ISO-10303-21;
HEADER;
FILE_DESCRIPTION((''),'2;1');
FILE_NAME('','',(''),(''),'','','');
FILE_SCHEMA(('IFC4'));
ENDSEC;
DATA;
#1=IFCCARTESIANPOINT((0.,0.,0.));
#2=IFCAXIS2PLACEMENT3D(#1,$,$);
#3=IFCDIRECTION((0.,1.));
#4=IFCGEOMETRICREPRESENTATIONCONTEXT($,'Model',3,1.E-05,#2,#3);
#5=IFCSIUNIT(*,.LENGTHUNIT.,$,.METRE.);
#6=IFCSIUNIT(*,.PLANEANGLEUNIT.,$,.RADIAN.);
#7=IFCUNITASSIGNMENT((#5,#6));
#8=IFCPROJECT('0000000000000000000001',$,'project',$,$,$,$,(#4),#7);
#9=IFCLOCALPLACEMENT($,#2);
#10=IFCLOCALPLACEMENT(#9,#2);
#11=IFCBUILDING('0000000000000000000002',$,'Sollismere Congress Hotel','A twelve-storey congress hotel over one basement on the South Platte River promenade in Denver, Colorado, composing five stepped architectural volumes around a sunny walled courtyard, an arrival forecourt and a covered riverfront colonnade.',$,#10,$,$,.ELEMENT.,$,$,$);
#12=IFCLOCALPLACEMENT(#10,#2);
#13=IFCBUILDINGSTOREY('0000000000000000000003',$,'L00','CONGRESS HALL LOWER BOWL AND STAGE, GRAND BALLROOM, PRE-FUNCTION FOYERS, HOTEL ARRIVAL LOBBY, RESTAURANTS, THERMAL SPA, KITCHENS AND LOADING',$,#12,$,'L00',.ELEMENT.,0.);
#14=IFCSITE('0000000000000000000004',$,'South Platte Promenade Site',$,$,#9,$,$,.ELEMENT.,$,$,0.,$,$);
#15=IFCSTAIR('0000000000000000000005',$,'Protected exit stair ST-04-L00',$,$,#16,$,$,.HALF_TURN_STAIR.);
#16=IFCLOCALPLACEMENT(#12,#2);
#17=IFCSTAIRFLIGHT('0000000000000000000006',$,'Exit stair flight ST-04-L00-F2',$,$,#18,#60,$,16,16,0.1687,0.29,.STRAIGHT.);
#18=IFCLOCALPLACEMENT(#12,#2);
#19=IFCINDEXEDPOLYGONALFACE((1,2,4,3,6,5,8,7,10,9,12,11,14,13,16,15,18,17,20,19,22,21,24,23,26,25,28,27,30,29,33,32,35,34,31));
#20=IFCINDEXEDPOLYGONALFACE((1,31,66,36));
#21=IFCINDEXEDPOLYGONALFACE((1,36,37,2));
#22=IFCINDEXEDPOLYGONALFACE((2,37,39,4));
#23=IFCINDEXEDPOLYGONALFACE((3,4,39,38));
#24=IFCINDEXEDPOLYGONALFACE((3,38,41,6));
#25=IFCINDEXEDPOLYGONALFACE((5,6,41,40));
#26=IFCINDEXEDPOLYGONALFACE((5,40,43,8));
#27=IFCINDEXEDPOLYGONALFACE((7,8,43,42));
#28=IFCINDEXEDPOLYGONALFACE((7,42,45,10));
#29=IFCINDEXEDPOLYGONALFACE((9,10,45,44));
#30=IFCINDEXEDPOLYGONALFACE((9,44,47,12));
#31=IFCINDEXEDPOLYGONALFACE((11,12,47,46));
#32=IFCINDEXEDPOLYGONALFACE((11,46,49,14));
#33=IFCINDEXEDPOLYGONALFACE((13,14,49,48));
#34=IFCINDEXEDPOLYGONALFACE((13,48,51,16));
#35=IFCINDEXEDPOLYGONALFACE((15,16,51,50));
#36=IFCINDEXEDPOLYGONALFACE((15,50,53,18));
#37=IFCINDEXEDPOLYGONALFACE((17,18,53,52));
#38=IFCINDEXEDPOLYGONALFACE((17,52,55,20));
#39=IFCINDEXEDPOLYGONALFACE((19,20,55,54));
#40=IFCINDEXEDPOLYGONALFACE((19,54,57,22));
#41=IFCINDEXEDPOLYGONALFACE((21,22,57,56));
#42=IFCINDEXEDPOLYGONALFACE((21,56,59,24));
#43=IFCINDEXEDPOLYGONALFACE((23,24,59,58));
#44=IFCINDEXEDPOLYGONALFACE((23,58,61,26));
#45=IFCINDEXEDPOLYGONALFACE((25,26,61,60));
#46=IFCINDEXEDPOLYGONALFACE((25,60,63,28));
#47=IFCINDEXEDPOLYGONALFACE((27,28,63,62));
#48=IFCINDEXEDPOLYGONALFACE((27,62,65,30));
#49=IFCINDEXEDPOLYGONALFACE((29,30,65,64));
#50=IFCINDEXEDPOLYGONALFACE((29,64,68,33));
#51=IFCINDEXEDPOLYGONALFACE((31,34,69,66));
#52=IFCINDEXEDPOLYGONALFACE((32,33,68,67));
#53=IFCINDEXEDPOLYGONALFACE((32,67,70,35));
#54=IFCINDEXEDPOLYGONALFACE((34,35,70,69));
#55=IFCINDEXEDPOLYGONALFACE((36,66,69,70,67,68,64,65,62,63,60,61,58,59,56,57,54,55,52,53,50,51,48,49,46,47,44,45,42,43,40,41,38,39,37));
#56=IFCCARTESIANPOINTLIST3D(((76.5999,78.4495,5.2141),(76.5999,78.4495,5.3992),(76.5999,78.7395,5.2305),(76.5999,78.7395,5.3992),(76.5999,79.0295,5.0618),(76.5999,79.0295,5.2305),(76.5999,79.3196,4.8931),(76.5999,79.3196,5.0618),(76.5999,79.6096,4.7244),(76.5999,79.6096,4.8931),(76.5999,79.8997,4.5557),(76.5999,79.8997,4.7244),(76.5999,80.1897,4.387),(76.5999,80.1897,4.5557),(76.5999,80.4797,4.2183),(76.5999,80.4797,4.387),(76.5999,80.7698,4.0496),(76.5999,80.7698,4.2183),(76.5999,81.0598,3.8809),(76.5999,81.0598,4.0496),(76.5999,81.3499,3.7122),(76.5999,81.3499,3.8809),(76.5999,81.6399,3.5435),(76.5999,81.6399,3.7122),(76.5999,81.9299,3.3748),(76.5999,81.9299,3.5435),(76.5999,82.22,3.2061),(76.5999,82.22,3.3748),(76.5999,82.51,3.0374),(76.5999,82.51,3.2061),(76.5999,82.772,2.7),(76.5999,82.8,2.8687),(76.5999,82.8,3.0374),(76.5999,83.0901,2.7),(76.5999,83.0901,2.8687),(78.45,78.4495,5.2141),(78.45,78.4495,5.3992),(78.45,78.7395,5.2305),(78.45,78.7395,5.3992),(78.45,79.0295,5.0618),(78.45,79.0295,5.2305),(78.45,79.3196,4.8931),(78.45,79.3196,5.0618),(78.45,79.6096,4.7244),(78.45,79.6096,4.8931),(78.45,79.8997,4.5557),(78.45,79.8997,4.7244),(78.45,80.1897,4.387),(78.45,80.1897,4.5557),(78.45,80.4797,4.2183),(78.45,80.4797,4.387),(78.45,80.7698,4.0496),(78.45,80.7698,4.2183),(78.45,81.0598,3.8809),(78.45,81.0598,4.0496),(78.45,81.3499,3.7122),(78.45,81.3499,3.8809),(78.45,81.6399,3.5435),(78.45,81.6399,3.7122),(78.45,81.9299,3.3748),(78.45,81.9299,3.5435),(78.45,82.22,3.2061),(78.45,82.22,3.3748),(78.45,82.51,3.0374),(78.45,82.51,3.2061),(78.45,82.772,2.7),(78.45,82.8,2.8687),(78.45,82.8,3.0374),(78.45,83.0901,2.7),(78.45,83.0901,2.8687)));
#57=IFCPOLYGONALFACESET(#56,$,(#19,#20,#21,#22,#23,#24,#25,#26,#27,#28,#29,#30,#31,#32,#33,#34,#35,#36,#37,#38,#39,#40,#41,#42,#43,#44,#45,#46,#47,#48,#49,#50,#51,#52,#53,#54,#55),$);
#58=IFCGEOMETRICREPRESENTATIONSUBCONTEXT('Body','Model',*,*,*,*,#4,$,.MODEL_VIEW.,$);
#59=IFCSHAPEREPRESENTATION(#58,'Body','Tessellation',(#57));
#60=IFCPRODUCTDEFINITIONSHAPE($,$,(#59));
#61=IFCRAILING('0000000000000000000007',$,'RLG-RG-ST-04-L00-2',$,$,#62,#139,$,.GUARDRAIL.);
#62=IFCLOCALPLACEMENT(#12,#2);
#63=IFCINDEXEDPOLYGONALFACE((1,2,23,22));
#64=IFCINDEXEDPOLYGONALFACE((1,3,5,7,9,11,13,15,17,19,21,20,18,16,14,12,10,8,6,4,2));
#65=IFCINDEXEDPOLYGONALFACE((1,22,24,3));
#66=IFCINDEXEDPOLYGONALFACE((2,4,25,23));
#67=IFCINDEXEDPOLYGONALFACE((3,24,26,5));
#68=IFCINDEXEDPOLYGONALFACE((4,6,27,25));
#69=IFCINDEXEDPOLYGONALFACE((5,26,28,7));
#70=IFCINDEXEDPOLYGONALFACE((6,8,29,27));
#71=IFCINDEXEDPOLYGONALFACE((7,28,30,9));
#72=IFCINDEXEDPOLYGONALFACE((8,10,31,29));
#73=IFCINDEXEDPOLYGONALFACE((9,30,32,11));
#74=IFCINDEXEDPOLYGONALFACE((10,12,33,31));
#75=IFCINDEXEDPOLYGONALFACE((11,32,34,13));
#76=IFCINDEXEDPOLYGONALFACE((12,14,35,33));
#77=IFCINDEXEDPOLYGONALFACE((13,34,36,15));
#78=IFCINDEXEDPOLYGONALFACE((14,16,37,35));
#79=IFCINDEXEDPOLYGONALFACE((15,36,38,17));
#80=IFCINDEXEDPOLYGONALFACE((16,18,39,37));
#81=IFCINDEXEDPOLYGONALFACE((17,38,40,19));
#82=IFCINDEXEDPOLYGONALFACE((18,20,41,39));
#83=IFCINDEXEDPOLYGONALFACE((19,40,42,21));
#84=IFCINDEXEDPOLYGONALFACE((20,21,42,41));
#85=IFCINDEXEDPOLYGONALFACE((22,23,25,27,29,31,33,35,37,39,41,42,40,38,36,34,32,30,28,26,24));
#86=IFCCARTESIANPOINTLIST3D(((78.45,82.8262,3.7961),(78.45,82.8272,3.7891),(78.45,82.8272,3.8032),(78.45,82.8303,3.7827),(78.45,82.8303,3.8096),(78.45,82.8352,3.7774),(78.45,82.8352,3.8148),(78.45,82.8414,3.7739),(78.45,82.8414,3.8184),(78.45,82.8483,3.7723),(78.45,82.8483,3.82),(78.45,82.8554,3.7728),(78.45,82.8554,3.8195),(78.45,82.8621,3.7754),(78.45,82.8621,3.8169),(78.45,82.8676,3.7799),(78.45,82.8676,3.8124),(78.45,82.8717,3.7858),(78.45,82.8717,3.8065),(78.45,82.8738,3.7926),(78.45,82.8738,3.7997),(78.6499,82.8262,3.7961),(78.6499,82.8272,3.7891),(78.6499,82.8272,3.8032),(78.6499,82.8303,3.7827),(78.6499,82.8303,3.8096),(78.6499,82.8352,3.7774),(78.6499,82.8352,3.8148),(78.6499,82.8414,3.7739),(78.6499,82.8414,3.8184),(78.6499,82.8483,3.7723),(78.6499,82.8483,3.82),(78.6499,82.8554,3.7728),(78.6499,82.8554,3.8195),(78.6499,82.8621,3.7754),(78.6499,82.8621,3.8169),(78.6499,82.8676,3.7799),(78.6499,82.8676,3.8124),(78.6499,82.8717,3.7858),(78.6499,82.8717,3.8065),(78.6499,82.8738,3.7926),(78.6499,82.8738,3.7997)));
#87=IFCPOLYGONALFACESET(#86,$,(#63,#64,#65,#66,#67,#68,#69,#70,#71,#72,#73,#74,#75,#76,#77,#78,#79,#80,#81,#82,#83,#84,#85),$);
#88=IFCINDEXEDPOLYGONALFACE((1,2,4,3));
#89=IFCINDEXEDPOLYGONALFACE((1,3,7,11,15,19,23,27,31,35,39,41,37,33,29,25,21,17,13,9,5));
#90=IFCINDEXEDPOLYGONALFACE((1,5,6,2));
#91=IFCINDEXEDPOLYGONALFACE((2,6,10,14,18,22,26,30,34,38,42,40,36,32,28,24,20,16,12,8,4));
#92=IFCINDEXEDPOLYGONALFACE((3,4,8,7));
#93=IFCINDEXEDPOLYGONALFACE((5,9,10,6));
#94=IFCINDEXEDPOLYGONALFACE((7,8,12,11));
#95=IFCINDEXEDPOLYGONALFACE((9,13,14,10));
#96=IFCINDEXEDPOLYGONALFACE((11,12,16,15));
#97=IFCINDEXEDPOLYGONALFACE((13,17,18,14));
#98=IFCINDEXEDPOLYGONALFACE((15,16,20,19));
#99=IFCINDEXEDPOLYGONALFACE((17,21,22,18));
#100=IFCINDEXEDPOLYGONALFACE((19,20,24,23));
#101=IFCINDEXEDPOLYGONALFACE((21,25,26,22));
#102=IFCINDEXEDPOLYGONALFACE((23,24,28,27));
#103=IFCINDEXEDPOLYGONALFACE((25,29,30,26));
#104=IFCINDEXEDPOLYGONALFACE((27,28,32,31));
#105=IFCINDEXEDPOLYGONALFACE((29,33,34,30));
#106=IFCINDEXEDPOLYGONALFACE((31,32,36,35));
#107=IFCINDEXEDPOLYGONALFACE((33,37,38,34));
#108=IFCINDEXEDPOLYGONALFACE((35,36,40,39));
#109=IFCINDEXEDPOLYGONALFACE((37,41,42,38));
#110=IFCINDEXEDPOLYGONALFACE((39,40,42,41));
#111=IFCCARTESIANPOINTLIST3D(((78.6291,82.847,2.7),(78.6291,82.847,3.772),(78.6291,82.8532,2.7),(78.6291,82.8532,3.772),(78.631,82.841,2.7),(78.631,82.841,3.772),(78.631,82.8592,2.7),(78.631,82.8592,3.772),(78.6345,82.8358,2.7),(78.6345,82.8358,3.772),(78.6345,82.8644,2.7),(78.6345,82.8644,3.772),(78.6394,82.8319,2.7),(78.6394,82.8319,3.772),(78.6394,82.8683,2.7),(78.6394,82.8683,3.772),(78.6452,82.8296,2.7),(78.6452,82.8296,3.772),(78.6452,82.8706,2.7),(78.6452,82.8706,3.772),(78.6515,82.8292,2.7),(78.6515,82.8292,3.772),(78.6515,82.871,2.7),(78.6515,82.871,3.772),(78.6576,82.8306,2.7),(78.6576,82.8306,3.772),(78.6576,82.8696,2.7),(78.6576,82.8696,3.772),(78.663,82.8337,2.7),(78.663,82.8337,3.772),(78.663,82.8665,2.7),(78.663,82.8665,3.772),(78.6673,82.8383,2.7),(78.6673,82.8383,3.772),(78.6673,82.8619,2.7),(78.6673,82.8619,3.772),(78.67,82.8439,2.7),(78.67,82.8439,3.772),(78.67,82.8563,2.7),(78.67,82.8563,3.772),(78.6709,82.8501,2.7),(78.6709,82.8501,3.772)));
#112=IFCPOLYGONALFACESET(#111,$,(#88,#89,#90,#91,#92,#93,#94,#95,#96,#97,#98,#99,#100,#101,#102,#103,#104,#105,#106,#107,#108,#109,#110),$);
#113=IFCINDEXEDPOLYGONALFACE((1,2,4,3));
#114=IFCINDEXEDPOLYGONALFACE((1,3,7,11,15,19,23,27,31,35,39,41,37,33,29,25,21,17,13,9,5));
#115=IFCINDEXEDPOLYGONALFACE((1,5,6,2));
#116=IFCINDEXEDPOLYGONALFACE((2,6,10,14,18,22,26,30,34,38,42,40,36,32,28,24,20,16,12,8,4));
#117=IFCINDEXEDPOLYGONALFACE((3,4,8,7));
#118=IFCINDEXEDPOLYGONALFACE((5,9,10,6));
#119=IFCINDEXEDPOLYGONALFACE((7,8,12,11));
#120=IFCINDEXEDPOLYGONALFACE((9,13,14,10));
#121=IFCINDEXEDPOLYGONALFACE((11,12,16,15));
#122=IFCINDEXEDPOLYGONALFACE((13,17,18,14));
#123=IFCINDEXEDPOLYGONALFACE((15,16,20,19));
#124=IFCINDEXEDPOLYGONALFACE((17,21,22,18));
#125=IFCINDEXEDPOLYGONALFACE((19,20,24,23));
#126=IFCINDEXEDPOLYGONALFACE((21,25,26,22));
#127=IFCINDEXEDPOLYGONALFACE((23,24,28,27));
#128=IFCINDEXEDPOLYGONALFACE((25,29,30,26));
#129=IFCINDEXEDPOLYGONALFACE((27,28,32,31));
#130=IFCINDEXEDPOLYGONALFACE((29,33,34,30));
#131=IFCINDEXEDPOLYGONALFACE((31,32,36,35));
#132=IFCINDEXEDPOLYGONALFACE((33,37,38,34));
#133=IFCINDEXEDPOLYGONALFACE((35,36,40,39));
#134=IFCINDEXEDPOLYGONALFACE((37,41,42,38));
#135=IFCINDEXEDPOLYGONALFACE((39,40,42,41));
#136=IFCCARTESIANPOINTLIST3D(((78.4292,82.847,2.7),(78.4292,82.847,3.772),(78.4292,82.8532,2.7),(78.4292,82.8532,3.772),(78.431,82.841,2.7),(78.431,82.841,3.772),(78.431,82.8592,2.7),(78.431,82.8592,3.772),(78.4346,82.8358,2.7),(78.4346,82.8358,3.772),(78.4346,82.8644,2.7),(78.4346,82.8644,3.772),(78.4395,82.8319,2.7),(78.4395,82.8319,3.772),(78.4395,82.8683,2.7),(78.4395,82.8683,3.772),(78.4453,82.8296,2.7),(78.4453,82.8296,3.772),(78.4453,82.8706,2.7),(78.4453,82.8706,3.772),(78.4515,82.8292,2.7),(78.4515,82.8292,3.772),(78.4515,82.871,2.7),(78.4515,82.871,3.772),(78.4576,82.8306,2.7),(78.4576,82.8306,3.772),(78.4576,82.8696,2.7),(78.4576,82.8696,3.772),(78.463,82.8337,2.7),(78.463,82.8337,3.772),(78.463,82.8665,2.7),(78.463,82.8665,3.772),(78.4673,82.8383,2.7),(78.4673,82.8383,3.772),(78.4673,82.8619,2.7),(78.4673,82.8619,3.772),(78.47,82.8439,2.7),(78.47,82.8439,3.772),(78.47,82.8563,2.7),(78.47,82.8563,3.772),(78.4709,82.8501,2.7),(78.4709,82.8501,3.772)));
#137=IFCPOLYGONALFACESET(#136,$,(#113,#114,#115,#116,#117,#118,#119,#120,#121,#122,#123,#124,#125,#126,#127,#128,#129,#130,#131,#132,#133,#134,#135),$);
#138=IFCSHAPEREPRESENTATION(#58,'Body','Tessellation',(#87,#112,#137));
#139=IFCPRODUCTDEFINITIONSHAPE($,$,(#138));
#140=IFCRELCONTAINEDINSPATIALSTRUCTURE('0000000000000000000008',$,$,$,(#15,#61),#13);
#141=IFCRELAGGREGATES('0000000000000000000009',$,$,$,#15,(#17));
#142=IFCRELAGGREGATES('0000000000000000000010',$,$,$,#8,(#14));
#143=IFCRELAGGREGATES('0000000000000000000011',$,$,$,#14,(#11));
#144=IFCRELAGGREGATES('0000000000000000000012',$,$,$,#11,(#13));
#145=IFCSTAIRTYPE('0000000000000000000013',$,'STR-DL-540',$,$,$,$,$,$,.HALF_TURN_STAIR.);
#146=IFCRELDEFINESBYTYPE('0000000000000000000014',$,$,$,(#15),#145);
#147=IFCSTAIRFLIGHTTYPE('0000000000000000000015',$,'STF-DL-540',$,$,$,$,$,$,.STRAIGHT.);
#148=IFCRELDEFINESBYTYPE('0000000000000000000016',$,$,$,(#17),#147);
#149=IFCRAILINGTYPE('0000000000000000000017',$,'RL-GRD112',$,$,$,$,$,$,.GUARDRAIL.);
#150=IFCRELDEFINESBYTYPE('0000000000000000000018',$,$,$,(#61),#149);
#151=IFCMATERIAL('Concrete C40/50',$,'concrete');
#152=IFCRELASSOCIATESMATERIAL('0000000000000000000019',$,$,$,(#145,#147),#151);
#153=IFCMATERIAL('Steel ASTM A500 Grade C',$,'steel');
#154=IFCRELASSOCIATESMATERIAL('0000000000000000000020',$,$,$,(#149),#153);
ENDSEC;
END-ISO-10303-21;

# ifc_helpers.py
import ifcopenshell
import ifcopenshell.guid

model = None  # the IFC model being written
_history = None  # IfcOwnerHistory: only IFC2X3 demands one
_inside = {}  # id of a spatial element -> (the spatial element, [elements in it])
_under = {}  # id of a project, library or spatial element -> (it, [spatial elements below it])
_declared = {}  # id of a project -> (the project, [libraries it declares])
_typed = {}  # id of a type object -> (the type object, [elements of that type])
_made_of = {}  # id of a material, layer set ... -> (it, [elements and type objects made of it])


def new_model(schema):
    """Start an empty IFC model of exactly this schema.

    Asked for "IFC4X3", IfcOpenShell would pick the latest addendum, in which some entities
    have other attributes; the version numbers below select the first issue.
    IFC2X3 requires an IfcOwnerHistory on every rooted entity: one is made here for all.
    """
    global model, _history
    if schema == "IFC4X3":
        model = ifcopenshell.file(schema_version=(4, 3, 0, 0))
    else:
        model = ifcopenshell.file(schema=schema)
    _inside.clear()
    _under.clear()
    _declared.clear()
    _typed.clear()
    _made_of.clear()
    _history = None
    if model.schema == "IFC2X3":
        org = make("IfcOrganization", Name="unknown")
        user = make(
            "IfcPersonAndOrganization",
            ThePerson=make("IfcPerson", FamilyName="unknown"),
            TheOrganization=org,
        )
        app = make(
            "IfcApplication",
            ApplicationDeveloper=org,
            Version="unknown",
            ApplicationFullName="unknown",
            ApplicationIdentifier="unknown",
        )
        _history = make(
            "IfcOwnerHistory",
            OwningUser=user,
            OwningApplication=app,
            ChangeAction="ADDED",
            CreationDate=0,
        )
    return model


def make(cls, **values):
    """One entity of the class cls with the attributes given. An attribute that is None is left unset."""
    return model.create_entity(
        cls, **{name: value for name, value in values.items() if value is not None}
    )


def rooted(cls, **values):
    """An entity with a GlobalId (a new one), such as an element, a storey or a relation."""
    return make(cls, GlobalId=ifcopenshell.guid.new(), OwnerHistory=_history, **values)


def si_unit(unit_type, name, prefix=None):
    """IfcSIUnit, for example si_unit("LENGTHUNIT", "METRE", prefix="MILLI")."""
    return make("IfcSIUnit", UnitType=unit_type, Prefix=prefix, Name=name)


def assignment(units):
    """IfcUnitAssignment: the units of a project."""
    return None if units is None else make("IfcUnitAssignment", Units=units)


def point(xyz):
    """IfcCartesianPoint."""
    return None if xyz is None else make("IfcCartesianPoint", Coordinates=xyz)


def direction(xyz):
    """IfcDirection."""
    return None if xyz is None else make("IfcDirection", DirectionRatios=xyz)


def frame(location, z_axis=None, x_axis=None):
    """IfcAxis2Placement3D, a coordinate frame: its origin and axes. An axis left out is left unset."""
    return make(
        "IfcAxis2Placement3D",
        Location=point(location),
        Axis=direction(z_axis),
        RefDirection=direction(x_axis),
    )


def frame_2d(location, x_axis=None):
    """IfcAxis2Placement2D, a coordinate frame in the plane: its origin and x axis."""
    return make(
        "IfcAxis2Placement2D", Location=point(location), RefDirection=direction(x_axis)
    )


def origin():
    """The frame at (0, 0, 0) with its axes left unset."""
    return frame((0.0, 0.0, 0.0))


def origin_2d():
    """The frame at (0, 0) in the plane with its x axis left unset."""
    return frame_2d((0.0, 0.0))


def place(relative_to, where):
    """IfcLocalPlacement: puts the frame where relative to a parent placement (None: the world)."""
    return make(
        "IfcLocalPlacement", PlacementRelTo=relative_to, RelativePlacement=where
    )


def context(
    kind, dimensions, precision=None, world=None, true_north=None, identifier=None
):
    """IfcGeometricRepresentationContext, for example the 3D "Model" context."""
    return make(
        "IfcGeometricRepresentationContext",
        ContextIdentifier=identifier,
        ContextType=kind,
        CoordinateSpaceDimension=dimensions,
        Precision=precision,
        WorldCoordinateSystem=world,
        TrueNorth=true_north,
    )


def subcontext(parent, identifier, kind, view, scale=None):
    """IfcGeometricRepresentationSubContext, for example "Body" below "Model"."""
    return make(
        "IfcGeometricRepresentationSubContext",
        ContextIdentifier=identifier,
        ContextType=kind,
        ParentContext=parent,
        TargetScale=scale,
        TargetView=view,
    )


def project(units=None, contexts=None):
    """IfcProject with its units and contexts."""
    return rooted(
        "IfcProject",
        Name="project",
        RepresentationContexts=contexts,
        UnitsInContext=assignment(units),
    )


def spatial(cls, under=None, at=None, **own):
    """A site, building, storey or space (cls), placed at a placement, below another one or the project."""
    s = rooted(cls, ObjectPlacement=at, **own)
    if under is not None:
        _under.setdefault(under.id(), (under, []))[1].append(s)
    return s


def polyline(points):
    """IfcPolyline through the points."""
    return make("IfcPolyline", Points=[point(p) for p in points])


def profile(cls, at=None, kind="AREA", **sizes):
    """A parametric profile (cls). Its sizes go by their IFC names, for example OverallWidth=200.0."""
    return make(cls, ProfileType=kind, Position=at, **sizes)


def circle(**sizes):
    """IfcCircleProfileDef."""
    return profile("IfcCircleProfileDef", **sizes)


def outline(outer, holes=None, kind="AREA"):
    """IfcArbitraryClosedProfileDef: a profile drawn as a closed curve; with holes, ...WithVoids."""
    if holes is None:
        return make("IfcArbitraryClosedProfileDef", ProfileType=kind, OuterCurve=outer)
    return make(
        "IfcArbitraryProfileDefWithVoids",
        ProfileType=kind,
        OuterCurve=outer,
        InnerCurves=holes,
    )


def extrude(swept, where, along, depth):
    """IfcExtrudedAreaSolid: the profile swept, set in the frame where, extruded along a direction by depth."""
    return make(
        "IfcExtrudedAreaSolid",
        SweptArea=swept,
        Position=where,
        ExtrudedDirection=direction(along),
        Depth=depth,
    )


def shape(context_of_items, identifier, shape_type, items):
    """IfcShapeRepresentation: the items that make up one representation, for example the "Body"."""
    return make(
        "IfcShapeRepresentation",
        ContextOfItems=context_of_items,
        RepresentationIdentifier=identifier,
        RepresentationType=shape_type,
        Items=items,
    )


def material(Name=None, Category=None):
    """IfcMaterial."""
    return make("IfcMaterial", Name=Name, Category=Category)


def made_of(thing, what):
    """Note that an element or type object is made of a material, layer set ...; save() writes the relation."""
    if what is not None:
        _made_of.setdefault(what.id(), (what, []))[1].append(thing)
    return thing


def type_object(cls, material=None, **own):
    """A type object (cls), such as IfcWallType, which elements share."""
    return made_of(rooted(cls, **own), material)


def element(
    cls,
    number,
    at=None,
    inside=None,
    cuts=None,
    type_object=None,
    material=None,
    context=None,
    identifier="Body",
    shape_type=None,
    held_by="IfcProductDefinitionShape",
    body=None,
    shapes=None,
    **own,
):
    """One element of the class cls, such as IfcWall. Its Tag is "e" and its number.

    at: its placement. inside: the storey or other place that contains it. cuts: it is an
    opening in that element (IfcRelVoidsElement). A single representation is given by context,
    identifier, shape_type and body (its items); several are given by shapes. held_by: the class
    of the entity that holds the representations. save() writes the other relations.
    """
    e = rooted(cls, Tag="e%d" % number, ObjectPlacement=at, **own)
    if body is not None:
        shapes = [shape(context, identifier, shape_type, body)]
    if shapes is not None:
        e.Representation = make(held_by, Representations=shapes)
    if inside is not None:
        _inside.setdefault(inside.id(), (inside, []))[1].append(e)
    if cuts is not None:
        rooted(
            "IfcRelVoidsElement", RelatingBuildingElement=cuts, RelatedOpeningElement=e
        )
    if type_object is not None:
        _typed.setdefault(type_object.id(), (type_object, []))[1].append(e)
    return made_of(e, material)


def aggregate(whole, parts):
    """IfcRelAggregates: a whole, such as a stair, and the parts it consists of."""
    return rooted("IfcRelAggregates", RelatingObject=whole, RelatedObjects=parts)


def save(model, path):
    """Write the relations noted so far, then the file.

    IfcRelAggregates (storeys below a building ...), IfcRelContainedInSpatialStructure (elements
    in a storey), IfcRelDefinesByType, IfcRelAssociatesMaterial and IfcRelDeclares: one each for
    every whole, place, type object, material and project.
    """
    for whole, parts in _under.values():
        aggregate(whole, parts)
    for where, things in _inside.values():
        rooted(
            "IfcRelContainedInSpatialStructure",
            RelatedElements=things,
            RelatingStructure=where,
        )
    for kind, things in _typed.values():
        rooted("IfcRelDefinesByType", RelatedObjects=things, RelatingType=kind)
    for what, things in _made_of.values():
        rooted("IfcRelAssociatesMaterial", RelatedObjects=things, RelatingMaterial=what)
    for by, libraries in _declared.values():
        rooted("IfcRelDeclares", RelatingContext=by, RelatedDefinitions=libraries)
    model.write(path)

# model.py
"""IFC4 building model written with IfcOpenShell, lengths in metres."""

from ifc_helpers import new_model, si_unit, direction, frame, origin, origin_2d, place, context, subcontext, project, spatial, polyline, circle, outline, extrude, material, type_object, element, aggregate, save


model = new_model("IFC4")

# Units and contexts
model_context = context("Model", 3, precision=1e-05, world=origin(), true_north=direction((0.0, 1.0)))
body_context = subcontext(model_context, "Body", "Model", "MODEL_VIEW")
ifc_project = project(units=[si_unit("LENGTHUNIT", "METRE"), si_unit("PLANEANGLEUNIT", "RADIAN")], contexts=[model_context])

# Site, building, storey
site_placement = place(None, origin())
site = spatial("IfcSite", under=ifc_project, at=site_placement, Name="South Platte Promenade Site", CompositionType="ELEMENT", RefElevation=0.0)
building_placement = place(site_placement, origin())
building = spatial("IfcBuilding", under=site, at=building_placement, Name="Sollismere Congress Hotel", Description="A twelve-storey congress hotel over one basement on the South Platte River promenade in Denver, Colorado, composing five stepped architectural volumes around a sunny walled courtyard, an arrival forecourt and a covered riverfront colonnade.", CompositionType="ELEMENT")
storey_placement = place(building_placement, origin())
storey = spatial("IfcBuildingStorey", under=building, at=storey_placement, Name="L00", Description="CONGRESS HALL LOWER BOWL AND STAGE, GRAND BALLROOM, PRE-FUNCTION FOYERS, HOTEL ARRIVAL LOBBY, RESTAURANTS, THERMAL SPA, KITCHENS AND LOADING", LongName="L00", CompositionType="ELEMENT", Elevation=0.0)

# Stair, stair flight
ifc_material_1 = material(Name="Concrete C40/50", Category="concrete")
stair_type = type_object("IfcStairType", Name="STR-DL-540", PredefinedType="HALF_TURN_STAIR", material=ifc_material_1)
stair_placement = place(storey_placement, origin())
stair = element("IfcStair", 1, at=stair_placement, inside=storey, type_object=stair_type, Name="Protected exit stair ST-04-L00", PredefinedType="HALF_TURN_STAIR")
stair_flight_type = type_object("IfcStairFlightType", Name="STF-DL-540", PredefinedType="STRAIGHT", material=ifc_material_1)
stair_flight_placement = place(storey_placement, frame((77.5249, 83.0901, 2.7), z_axis=(0.0, 0.0, 1.0), x_axis=(0.0, -1.0, 0.0)))
stair_flight = element("IfcStairFlight", 2, at=stair_flight_placement, type_object=stair_flight_type, Name="Exit stair flight ST-04-L00-F2", NumberOfRisers=16, NumberOfTreads=16, PredefinedType="STRAIGHT", RiserHeight=0.1687, TreadLength=0.29, context=body_context, shape_type="SweptSolid", body=[
    extrude(outline(polyline([(0.0, 0.0), (0.0, 0.1687), (0.29, 0.1687), (0.29, 0.3374), (0.5801, 0.3374), (0.5801, 0.5061), (0.8701, 0.5061), (0.8701, 0.6748), (1.1602, 0.6748), (1.1602, 0.8435), (1.4502, 0.8435), (1.4502, 1.0122), (1.7402, 1.0122), (1.7402, 1.1809), (2.0303, 1.1809), (2.0303, 1.3496), (2.3203, 1.3496), (2.3203, 1.5183), (2.6104, 1.5183), (2.6104, 1.687), (2.9004, 1.687), (2.9004, 1.8557), (3.1904, 1.8557), (3.1904, 2.0244), (3.4805, 2.0244), (3.4805, 2.1931), (3.7705, 2.1931), (3.7705, 2.3618), (4.0605, 2.3618), (4.0605, 2.5305), (4.3506, 2.5305), (4.3506, 2.6992), (4.6406, 2.6992), (4.6406, 2.5142), (0.3181, 0.0), (0.0, 0.0)])), frame((0.0, 0.925, 0.0), z_axis=(0.0, -1.0, 0.0), x_axis=(1.0, 0.0, 0.0)), (0.0, 0.0, 1.0), 1.8501),
])
aggregate(stair, [stair_flight])

# Railing
ifc_material_2 = material(Name="Steel ASTM A500 Grade C", Category="steel")
railing_type = type_object("IfcRailingType", Name="RL-GRD112", PredefinedType="GUARDRAIL", material=ifc_material_2)
railing_1_placement = place(storey_placement, frame((78.6499, 82.8501, 2.7)))
element("IfcRailing", 3, at=railing_1_placement, inside=storey, type_object=railing_type, Name="RLG-RG-ST-04-L00-2", PredefinedType="GUARDRAIL", context=body_context, shape_type="SweptSolid", body=[
    extrude(circle(Radius=0.0239, at=origin_2d()), frame((0.0, 0.0, 1.0962), z_axis=(-1.0, 0.0, 0.0), x_axis=(0.0, -1.0, 0.0)), (0.0, 0.0, 1.0), 0.2),
    extrude(circle(Radius=0.021, at=origin_2d()), origin(), (0.0, 0.0, 1.0), 1.072),
    extrude(circle(Radius=0.021, at=origin_2d()), frame((-0.2, 0.0, 0.0)), (0.0, 0.0, 1.0), 1.072),
])

save(model, "model.ifc")
